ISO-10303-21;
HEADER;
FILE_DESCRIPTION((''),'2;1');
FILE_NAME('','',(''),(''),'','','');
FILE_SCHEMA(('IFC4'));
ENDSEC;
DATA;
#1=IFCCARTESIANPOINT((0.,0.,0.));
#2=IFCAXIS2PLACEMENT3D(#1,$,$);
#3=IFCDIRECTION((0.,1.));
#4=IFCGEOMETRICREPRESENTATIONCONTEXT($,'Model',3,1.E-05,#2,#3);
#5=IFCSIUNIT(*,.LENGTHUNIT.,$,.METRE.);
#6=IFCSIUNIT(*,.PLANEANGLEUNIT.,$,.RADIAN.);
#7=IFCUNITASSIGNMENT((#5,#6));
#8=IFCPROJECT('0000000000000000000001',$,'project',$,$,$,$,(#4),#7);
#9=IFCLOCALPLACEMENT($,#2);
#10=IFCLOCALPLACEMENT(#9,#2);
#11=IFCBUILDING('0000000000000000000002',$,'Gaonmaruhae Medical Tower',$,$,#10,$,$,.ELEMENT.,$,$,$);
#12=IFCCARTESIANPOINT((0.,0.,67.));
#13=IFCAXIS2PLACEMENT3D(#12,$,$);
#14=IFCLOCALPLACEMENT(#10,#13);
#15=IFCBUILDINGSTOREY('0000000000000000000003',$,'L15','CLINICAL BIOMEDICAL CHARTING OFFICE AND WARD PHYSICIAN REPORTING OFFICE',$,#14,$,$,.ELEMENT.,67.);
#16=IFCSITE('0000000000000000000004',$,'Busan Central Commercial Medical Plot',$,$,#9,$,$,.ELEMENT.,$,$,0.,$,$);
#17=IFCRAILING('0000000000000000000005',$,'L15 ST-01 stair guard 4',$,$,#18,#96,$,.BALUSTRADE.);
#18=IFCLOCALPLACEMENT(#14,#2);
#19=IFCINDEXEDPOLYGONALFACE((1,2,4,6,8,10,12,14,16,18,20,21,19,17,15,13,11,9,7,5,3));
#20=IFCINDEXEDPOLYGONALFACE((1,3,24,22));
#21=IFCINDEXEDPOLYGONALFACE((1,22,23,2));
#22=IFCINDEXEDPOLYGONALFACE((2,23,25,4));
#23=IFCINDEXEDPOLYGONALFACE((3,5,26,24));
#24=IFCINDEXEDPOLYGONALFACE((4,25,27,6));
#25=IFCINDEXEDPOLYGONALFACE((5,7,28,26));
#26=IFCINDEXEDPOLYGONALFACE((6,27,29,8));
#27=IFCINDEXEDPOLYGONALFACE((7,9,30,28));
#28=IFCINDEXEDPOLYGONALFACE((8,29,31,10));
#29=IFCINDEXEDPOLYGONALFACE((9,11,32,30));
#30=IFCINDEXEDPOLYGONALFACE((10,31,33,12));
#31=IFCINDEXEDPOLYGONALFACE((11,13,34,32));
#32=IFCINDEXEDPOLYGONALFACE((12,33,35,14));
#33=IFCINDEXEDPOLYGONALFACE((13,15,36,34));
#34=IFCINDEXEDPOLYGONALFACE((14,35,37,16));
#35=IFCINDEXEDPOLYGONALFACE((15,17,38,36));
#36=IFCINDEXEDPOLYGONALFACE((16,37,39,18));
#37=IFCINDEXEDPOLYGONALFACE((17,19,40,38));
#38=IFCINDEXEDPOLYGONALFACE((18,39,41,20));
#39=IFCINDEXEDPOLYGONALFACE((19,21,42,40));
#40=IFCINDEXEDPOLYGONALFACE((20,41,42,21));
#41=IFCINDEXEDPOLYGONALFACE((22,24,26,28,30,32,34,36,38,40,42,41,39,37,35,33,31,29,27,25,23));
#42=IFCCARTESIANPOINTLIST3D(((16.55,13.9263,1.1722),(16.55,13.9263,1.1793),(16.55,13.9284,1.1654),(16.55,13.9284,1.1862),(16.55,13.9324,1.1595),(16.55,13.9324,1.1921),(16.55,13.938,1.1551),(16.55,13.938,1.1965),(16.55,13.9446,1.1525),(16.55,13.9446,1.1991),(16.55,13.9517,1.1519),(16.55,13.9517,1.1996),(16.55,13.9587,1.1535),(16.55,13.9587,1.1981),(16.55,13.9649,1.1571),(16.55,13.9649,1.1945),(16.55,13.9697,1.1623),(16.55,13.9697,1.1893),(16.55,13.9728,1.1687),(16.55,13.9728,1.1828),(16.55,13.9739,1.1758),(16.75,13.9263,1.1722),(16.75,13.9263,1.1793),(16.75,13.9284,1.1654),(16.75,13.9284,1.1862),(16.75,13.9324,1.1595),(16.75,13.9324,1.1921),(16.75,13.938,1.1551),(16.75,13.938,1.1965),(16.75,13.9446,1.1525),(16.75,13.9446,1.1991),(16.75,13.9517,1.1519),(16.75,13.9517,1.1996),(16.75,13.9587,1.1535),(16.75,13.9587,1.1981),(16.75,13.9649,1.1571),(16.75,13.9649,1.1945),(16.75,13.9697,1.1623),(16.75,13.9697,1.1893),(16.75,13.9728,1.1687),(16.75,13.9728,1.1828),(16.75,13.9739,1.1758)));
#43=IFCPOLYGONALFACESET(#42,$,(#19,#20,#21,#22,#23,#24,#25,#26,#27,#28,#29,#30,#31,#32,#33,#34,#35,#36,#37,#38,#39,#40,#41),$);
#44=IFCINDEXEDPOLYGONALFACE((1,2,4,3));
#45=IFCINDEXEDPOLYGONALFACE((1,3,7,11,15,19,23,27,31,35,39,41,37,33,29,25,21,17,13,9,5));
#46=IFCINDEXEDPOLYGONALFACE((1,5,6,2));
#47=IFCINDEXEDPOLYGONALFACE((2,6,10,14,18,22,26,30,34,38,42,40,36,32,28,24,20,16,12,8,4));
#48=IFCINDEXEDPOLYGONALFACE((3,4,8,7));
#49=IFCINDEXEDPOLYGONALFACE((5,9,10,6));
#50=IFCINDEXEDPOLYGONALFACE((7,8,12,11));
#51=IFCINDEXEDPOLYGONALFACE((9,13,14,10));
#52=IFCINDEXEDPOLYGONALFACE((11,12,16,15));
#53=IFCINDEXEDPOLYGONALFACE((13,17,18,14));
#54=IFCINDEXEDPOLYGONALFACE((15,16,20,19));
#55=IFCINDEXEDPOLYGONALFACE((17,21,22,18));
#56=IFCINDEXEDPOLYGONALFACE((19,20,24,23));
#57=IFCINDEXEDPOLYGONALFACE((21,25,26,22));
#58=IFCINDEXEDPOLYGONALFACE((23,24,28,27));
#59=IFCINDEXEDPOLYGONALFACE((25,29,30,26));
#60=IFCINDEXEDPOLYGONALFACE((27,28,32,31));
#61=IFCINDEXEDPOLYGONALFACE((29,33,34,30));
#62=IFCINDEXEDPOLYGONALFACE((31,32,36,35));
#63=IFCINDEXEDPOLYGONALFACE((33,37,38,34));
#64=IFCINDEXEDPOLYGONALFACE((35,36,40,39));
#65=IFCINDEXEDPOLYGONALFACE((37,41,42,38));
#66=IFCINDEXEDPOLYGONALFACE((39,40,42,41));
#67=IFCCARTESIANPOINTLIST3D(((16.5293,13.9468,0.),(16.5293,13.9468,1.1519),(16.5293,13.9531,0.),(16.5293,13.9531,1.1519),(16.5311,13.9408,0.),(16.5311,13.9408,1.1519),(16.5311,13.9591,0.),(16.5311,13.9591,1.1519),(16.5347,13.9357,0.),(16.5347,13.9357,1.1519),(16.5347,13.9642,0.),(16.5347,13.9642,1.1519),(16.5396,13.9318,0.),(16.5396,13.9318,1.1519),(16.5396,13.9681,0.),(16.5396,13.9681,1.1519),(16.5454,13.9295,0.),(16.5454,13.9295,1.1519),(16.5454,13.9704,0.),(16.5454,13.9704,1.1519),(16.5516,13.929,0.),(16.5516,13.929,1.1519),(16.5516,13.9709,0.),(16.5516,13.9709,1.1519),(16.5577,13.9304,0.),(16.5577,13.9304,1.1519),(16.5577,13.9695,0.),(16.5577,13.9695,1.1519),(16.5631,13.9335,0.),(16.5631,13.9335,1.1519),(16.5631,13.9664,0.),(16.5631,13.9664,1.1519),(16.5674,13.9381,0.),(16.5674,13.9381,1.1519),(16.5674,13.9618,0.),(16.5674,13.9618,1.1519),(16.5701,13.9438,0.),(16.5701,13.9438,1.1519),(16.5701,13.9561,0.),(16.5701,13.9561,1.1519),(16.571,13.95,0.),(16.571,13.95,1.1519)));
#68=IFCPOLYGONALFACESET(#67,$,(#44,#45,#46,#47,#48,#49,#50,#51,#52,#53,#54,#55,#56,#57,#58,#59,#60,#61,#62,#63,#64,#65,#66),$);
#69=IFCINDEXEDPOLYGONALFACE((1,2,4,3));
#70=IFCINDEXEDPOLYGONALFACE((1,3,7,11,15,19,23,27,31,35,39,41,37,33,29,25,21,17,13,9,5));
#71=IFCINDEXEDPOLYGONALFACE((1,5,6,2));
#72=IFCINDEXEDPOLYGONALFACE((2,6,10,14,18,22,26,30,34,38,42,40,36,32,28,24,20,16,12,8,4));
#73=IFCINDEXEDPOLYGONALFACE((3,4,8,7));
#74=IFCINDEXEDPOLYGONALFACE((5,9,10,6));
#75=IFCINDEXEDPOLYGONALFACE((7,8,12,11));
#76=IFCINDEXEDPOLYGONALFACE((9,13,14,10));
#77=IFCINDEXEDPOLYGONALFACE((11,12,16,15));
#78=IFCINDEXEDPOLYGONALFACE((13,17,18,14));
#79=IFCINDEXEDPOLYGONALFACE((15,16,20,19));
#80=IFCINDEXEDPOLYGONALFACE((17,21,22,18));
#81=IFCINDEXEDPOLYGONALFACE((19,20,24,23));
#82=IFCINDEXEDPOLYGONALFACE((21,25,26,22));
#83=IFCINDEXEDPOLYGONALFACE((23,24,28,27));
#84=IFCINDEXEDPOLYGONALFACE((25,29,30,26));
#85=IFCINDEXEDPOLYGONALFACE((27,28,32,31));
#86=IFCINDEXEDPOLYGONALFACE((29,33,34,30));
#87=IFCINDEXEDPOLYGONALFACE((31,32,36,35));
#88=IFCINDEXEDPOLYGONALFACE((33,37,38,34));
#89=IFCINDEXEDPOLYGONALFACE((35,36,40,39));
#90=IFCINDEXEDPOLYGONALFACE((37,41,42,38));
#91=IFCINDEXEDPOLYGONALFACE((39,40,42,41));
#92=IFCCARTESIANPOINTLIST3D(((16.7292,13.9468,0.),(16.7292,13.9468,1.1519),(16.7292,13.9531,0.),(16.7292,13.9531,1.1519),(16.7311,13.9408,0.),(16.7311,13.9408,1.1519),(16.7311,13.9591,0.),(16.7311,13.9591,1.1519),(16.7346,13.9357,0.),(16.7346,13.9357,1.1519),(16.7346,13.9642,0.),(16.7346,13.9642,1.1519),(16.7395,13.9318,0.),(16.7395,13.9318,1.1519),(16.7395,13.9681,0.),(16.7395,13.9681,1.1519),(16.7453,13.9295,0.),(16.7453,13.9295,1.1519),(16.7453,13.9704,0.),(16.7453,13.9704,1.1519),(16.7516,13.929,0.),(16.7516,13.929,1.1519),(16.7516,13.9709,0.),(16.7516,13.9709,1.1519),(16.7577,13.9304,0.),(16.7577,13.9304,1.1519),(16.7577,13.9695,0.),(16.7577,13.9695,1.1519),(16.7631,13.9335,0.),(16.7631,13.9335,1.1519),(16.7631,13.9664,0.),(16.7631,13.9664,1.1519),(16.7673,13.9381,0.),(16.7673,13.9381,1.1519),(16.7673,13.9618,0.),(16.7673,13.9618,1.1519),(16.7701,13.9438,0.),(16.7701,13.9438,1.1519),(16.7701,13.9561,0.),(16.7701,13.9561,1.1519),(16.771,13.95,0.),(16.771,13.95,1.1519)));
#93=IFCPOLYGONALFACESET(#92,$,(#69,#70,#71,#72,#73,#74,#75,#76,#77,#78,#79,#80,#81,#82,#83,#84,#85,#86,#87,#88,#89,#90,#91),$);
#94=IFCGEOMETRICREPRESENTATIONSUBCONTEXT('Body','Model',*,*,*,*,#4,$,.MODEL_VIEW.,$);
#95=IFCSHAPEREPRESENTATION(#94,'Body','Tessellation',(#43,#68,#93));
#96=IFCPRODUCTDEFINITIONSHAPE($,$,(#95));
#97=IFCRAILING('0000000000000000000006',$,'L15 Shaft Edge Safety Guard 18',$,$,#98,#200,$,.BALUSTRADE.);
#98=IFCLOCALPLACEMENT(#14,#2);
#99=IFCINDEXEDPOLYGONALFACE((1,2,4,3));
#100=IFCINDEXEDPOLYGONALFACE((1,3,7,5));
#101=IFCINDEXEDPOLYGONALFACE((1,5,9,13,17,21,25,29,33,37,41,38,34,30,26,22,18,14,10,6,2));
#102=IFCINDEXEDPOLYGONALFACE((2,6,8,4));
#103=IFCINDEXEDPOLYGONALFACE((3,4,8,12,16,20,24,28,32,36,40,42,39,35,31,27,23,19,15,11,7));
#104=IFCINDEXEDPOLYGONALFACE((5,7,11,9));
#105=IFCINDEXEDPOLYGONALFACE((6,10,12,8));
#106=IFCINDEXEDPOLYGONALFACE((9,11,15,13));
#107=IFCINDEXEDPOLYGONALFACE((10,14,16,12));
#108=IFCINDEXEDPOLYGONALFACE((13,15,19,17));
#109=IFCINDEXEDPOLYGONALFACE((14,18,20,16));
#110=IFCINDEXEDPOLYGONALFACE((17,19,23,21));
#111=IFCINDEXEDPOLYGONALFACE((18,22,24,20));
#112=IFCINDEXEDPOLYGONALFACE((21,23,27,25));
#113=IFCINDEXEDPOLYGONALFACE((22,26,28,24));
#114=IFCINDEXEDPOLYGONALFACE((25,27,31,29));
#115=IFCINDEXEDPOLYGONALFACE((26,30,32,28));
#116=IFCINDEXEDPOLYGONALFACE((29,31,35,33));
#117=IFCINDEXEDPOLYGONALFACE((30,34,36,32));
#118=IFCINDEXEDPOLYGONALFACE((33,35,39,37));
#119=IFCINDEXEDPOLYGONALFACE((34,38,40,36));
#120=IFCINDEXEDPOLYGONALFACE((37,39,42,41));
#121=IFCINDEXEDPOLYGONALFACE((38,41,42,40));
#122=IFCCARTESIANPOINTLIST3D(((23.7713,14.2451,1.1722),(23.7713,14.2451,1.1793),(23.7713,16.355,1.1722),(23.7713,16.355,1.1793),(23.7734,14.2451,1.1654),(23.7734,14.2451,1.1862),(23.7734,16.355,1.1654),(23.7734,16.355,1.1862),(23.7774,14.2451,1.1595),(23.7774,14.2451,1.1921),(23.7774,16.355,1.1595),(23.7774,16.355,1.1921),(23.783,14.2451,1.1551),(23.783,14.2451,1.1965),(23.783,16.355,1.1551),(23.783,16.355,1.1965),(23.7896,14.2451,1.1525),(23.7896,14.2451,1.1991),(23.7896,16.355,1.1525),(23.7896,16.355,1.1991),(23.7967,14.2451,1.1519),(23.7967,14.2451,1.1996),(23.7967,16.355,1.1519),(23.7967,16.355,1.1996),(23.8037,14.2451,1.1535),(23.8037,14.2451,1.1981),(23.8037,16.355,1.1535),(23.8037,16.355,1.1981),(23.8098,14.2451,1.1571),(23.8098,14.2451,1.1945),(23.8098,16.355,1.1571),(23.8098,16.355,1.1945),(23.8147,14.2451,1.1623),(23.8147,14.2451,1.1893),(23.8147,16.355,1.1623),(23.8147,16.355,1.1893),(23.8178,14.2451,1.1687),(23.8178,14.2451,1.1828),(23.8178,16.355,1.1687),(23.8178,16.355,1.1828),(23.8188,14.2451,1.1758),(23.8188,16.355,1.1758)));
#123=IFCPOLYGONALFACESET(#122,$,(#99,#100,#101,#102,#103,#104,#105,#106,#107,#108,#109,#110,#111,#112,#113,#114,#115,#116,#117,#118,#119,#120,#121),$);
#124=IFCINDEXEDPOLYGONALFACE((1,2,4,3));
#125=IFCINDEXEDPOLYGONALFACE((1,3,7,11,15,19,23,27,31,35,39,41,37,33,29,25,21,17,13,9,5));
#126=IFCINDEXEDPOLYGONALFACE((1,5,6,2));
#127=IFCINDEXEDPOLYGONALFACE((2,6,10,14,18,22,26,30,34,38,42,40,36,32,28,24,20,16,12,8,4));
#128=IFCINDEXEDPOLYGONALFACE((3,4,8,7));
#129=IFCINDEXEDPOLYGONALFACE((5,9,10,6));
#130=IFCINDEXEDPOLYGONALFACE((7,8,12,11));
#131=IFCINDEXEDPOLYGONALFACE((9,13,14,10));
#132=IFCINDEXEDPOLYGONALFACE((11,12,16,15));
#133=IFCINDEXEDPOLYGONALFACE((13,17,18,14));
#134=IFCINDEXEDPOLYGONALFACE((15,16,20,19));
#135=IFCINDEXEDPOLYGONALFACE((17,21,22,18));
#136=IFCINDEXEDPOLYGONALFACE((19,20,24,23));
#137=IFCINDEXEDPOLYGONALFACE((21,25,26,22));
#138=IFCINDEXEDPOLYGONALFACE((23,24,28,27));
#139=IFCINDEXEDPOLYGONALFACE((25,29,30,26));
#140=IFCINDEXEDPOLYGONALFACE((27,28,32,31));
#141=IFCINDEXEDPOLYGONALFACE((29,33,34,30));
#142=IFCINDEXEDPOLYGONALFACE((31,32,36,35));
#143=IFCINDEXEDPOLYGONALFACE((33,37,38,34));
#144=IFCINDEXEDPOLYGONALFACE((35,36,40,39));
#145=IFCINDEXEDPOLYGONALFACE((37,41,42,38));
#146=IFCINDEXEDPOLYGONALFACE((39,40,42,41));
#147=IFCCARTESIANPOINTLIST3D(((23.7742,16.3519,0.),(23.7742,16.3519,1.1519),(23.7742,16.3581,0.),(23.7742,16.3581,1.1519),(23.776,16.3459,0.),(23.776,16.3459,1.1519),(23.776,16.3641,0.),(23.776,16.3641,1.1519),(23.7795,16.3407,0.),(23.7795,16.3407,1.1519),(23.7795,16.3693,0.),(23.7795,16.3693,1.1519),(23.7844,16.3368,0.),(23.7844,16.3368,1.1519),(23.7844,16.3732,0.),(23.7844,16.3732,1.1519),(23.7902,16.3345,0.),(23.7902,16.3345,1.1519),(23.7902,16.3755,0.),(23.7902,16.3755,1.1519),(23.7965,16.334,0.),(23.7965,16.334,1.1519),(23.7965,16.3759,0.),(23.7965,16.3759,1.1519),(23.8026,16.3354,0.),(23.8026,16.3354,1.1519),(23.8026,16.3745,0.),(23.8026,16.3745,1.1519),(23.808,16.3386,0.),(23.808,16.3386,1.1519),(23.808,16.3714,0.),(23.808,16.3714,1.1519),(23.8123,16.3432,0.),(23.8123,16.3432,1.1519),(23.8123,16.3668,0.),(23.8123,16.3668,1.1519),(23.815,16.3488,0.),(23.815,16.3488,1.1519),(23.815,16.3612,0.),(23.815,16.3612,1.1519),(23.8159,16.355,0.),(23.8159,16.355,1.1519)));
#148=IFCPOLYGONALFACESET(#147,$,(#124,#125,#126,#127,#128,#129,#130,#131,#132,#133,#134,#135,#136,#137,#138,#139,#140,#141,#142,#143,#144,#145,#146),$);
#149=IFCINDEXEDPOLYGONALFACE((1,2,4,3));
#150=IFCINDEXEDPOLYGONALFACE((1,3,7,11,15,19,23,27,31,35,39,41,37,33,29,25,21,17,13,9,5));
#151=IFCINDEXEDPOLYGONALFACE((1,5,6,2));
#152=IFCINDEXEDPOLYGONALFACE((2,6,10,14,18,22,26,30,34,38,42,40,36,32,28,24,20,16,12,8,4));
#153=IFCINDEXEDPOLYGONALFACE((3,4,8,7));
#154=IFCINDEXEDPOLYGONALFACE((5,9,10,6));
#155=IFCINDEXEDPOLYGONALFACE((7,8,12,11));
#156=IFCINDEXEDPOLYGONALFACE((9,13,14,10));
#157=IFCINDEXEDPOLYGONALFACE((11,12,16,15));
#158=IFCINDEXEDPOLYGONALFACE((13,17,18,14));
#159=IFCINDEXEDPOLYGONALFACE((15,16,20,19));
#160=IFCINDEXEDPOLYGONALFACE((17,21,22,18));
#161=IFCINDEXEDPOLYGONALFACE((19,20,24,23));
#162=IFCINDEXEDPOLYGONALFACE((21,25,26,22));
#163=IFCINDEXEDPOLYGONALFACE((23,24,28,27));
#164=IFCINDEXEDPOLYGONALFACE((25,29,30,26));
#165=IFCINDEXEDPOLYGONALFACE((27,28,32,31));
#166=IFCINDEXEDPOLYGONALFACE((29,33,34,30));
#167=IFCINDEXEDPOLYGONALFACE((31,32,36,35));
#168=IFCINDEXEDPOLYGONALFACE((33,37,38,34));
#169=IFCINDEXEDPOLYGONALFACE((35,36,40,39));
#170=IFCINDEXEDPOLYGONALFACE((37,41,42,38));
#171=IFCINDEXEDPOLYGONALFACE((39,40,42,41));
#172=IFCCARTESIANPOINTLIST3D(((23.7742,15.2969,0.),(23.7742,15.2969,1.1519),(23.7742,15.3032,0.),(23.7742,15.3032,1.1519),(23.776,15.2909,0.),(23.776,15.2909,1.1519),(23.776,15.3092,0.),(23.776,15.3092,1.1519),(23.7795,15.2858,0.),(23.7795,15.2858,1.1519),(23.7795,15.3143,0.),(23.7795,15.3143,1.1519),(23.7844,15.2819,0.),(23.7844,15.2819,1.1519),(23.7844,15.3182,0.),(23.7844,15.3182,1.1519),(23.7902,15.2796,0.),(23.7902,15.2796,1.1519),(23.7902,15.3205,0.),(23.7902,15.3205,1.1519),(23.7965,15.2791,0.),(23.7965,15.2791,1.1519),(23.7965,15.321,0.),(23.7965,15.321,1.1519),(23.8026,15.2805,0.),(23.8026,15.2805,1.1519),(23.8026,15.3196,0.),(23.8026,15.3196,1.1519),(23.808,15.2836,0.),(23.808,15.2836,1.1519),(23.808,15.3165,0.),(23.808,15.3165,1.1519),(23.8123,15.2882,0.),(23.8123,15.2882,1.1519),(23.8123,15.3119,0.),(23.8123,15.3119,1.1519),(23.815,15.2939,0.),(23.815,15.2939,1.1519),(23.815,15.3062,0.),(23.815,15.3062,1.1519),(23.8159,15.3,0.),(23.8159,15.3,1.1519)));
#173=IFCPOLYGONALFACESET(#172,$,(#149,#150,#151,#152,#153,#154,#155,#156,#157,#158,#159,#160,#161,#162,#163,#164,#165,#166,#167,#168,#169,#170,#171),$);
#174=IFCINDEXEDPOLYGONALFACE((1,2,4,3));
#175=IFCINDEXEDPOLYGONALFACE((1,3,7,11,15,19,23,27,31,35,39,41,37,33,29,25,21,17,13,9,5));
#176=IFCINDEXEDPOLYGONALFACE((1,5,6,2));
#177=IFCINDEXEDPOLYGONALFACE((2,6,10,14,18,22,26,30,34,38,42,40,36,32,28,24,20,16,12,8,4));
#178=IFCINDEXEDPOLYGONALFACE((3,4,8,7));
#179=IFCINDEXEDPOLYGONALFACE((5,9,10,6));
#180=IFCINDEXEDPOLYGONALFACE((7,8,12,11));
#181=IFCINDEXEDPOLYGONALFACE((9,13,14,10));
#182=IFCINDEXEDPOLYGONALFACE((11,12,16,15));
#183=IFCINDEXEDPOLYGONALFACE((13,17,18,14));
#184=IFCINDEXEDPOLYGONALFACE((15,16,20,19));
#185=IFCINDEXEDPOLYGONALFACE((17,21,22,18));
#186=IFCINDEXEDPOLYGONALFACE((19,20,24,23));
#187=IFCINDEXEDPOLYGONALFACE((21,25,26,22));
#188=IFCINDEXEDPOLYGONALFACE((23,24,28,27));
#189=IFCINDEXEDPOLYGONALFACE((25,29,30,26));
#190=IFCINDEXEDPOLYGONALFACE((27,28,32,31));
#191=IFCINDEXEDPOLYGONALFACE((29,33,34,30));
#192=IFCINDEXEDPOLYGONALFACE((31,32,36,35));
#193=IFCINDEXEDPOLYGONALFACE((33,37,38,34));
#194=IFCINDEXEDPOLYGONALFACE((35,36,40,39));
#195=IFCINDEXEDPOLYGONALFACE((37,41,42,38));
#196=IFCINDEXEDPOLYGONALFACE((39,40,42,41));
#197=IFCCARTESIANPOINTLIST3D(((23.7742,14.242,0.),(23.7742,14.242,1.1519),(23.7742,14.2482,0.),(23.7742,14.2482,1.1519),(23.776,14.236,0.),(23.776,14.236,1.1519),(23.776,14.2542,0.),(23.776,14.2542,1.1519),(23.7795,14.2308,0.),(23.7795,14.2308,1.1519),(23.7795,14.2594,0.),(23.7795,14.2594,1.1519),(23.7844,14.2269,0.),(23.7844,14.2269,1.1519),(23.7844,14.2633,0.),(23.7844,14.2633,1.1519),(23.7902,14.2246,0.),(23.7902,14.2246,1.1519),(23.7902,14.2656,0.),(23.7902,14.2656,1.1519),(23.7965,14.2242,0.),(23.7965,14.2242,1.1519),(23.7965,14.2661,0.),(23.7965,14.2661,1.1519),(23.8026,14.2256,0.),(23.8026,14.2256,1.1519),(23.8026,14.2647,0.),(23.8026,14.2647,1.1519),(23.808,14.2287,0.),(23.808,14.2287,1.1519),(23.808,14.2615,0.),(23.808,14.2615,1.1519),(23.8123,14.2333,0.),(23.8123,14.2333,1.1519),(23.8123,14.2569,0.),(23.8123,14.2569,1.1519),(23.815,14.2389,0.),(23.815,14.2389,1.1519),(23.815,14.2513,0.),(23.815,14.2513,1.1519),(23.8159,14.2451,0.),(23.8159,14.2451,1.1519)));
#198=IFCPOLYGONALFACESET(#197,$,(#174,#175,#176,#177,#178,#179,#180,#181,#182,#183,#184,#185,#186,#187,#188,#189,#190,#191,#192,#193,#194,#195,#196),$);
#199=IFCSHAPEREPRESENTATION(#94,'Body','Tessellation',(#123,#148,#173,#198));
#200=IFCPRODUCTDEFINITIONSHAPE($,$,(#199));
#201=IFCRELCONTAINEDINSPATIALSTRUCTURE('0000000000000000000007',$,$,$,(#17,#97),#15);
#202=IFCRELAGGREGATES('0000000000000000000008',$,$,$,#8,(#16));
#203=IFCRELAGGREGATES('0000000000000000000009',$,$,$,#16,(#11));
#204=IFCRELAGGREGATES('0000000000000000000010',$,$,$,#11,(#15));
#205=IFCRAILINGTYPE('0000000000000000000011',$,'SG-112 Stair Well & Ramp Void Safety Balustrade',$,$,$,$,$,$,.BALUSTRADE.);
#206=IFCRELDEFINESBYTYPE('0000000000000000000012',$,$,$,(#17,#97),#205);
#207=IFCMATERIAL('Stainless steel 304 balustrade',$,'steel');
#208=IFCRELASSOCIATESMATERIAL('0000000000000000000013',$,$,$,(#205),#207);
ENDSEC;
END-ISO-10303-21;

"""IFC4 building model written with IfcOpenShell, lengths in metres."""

from ifc_helpers import new_model, si_unit, direction, frame, origin, origin_2d, place, context, subcontext, project, spatial, circle, extrude, material, type_object, element, save


model = new_model("IFC4")

# Units and contexts
model_context = context("Model", 3, precision=1e-05, world=origin(), true_north=direction((0.0, 1.0)))
body_context = subcontext(model_context, "Body", "Model", "MODEL_VIEW")
ifc_project = project(units=[si_unit("LENGTHUNIT", "METRE"), si_unit("PLANEANGLEUNIT", "RADIAN")], contexts=[model_context])

# Site, building, storey
site_placement = place(None, origin())
site = spatial("IfcSite", under=ifc_project, at=site_placement, Name="Busan Central Commercial Medical Plot", CompositionType="ELEMENT", RefElevation=0.0)
building_placement = place(site_placement, origin())
building = spatial("IfcBuilding", under=site, at=building_placement, Name="Gaonmaruhae Medical Tower", CompositionType="ELEMENT")
storey_placement = place(building_placement, frame((0.0, 0.0, 67.0)))
storey = spatial("IfcBuildingStorey", under=building, at=storey_placement, Name="L15", Description="CLINICAL BIOMEDICAL CHARTING OFFICE AND WARD PHYSICIAN REPORTING OFFICE", CompositionType="ELEMENT", Elevation=67.0)

# Railings
ifc_material_1 = material(Name="Stainless steel 304 balustrade", Category="steel")
railing_type_1 = type_object("IfcRailingType", Name="SG-112 Stair Well & Ramp Void Safety Balustrade", PredefinedType="BALUSTRADE", material=ifc_material_1)
railing_1_placement = place(storey_placement, frame((16.55, 13.95, 0.0)))
element("IfcRailing", 1, at=railing_1_placement, inside=storey, type_object=railing_type_1, Name="L15 ST-01 stair guard 4", PredefinedType="BALUSTRADE", context=body_context, shape_type="SweptSolid", body=[
    extrude(circle(Radius=0.0239, at=origin_2d()), frame((0.0, 0.0, 1.1758), z_axis=(1.0, 0.0, 0.0), x_axis=(0.0, 1.0, 0.0)), (0.0, 0.0, 1.0), 0.2),
    extrude(circle(Radius=0.021, at=origin_2d()), origin(), (0.0, 0.0, 1.0), 1.1519),
    extrude(circle(Radius=0.021, at=origin_2d()), frame((0.2, 0.0, 0.0)), (0.0, 0.0, 1.0), 1.1519),
])
railing_2_placement = place(storey_placement, frame((23.7949, 16.355, 0.0)))
element("IfcRailing", 2, at=railing_2_placement, inside=storey, type_object=railing_type_1, Name="L15 Shaft Edge Safety Guard 18", PredefinedType="BALUSTRADE", context=body_context, shape_type="SweptSolid", body=[
    extrude(circle(Radius=0.0239, at=origin_2d()), frame((0.0, 0.0, 1.1758), z_axis=(0.0, -1.0, 0.0), x_axis=(1.0, 0.0, 0.0)), (0.0, 0.0, 1.0), 2.1099),
    extrude(circle(Radius=0.021, at=origin_2d()), origin(), (0.0, 0.0, 1.0), 1.1519),
    extrude(circle(Radius=0.021, at=origin_2d()), frame((0.0, -1.0549, 0.0)), (0.0, 0.0, 1.0), 1.1519),
    extrude(circle(Radius=0.021, at=origin_2d()), frame((0.0, -2.1099, 0.0)), (0.0, 0.0, 1.0), 1.1519),
])

save(model, "model.ifc")
